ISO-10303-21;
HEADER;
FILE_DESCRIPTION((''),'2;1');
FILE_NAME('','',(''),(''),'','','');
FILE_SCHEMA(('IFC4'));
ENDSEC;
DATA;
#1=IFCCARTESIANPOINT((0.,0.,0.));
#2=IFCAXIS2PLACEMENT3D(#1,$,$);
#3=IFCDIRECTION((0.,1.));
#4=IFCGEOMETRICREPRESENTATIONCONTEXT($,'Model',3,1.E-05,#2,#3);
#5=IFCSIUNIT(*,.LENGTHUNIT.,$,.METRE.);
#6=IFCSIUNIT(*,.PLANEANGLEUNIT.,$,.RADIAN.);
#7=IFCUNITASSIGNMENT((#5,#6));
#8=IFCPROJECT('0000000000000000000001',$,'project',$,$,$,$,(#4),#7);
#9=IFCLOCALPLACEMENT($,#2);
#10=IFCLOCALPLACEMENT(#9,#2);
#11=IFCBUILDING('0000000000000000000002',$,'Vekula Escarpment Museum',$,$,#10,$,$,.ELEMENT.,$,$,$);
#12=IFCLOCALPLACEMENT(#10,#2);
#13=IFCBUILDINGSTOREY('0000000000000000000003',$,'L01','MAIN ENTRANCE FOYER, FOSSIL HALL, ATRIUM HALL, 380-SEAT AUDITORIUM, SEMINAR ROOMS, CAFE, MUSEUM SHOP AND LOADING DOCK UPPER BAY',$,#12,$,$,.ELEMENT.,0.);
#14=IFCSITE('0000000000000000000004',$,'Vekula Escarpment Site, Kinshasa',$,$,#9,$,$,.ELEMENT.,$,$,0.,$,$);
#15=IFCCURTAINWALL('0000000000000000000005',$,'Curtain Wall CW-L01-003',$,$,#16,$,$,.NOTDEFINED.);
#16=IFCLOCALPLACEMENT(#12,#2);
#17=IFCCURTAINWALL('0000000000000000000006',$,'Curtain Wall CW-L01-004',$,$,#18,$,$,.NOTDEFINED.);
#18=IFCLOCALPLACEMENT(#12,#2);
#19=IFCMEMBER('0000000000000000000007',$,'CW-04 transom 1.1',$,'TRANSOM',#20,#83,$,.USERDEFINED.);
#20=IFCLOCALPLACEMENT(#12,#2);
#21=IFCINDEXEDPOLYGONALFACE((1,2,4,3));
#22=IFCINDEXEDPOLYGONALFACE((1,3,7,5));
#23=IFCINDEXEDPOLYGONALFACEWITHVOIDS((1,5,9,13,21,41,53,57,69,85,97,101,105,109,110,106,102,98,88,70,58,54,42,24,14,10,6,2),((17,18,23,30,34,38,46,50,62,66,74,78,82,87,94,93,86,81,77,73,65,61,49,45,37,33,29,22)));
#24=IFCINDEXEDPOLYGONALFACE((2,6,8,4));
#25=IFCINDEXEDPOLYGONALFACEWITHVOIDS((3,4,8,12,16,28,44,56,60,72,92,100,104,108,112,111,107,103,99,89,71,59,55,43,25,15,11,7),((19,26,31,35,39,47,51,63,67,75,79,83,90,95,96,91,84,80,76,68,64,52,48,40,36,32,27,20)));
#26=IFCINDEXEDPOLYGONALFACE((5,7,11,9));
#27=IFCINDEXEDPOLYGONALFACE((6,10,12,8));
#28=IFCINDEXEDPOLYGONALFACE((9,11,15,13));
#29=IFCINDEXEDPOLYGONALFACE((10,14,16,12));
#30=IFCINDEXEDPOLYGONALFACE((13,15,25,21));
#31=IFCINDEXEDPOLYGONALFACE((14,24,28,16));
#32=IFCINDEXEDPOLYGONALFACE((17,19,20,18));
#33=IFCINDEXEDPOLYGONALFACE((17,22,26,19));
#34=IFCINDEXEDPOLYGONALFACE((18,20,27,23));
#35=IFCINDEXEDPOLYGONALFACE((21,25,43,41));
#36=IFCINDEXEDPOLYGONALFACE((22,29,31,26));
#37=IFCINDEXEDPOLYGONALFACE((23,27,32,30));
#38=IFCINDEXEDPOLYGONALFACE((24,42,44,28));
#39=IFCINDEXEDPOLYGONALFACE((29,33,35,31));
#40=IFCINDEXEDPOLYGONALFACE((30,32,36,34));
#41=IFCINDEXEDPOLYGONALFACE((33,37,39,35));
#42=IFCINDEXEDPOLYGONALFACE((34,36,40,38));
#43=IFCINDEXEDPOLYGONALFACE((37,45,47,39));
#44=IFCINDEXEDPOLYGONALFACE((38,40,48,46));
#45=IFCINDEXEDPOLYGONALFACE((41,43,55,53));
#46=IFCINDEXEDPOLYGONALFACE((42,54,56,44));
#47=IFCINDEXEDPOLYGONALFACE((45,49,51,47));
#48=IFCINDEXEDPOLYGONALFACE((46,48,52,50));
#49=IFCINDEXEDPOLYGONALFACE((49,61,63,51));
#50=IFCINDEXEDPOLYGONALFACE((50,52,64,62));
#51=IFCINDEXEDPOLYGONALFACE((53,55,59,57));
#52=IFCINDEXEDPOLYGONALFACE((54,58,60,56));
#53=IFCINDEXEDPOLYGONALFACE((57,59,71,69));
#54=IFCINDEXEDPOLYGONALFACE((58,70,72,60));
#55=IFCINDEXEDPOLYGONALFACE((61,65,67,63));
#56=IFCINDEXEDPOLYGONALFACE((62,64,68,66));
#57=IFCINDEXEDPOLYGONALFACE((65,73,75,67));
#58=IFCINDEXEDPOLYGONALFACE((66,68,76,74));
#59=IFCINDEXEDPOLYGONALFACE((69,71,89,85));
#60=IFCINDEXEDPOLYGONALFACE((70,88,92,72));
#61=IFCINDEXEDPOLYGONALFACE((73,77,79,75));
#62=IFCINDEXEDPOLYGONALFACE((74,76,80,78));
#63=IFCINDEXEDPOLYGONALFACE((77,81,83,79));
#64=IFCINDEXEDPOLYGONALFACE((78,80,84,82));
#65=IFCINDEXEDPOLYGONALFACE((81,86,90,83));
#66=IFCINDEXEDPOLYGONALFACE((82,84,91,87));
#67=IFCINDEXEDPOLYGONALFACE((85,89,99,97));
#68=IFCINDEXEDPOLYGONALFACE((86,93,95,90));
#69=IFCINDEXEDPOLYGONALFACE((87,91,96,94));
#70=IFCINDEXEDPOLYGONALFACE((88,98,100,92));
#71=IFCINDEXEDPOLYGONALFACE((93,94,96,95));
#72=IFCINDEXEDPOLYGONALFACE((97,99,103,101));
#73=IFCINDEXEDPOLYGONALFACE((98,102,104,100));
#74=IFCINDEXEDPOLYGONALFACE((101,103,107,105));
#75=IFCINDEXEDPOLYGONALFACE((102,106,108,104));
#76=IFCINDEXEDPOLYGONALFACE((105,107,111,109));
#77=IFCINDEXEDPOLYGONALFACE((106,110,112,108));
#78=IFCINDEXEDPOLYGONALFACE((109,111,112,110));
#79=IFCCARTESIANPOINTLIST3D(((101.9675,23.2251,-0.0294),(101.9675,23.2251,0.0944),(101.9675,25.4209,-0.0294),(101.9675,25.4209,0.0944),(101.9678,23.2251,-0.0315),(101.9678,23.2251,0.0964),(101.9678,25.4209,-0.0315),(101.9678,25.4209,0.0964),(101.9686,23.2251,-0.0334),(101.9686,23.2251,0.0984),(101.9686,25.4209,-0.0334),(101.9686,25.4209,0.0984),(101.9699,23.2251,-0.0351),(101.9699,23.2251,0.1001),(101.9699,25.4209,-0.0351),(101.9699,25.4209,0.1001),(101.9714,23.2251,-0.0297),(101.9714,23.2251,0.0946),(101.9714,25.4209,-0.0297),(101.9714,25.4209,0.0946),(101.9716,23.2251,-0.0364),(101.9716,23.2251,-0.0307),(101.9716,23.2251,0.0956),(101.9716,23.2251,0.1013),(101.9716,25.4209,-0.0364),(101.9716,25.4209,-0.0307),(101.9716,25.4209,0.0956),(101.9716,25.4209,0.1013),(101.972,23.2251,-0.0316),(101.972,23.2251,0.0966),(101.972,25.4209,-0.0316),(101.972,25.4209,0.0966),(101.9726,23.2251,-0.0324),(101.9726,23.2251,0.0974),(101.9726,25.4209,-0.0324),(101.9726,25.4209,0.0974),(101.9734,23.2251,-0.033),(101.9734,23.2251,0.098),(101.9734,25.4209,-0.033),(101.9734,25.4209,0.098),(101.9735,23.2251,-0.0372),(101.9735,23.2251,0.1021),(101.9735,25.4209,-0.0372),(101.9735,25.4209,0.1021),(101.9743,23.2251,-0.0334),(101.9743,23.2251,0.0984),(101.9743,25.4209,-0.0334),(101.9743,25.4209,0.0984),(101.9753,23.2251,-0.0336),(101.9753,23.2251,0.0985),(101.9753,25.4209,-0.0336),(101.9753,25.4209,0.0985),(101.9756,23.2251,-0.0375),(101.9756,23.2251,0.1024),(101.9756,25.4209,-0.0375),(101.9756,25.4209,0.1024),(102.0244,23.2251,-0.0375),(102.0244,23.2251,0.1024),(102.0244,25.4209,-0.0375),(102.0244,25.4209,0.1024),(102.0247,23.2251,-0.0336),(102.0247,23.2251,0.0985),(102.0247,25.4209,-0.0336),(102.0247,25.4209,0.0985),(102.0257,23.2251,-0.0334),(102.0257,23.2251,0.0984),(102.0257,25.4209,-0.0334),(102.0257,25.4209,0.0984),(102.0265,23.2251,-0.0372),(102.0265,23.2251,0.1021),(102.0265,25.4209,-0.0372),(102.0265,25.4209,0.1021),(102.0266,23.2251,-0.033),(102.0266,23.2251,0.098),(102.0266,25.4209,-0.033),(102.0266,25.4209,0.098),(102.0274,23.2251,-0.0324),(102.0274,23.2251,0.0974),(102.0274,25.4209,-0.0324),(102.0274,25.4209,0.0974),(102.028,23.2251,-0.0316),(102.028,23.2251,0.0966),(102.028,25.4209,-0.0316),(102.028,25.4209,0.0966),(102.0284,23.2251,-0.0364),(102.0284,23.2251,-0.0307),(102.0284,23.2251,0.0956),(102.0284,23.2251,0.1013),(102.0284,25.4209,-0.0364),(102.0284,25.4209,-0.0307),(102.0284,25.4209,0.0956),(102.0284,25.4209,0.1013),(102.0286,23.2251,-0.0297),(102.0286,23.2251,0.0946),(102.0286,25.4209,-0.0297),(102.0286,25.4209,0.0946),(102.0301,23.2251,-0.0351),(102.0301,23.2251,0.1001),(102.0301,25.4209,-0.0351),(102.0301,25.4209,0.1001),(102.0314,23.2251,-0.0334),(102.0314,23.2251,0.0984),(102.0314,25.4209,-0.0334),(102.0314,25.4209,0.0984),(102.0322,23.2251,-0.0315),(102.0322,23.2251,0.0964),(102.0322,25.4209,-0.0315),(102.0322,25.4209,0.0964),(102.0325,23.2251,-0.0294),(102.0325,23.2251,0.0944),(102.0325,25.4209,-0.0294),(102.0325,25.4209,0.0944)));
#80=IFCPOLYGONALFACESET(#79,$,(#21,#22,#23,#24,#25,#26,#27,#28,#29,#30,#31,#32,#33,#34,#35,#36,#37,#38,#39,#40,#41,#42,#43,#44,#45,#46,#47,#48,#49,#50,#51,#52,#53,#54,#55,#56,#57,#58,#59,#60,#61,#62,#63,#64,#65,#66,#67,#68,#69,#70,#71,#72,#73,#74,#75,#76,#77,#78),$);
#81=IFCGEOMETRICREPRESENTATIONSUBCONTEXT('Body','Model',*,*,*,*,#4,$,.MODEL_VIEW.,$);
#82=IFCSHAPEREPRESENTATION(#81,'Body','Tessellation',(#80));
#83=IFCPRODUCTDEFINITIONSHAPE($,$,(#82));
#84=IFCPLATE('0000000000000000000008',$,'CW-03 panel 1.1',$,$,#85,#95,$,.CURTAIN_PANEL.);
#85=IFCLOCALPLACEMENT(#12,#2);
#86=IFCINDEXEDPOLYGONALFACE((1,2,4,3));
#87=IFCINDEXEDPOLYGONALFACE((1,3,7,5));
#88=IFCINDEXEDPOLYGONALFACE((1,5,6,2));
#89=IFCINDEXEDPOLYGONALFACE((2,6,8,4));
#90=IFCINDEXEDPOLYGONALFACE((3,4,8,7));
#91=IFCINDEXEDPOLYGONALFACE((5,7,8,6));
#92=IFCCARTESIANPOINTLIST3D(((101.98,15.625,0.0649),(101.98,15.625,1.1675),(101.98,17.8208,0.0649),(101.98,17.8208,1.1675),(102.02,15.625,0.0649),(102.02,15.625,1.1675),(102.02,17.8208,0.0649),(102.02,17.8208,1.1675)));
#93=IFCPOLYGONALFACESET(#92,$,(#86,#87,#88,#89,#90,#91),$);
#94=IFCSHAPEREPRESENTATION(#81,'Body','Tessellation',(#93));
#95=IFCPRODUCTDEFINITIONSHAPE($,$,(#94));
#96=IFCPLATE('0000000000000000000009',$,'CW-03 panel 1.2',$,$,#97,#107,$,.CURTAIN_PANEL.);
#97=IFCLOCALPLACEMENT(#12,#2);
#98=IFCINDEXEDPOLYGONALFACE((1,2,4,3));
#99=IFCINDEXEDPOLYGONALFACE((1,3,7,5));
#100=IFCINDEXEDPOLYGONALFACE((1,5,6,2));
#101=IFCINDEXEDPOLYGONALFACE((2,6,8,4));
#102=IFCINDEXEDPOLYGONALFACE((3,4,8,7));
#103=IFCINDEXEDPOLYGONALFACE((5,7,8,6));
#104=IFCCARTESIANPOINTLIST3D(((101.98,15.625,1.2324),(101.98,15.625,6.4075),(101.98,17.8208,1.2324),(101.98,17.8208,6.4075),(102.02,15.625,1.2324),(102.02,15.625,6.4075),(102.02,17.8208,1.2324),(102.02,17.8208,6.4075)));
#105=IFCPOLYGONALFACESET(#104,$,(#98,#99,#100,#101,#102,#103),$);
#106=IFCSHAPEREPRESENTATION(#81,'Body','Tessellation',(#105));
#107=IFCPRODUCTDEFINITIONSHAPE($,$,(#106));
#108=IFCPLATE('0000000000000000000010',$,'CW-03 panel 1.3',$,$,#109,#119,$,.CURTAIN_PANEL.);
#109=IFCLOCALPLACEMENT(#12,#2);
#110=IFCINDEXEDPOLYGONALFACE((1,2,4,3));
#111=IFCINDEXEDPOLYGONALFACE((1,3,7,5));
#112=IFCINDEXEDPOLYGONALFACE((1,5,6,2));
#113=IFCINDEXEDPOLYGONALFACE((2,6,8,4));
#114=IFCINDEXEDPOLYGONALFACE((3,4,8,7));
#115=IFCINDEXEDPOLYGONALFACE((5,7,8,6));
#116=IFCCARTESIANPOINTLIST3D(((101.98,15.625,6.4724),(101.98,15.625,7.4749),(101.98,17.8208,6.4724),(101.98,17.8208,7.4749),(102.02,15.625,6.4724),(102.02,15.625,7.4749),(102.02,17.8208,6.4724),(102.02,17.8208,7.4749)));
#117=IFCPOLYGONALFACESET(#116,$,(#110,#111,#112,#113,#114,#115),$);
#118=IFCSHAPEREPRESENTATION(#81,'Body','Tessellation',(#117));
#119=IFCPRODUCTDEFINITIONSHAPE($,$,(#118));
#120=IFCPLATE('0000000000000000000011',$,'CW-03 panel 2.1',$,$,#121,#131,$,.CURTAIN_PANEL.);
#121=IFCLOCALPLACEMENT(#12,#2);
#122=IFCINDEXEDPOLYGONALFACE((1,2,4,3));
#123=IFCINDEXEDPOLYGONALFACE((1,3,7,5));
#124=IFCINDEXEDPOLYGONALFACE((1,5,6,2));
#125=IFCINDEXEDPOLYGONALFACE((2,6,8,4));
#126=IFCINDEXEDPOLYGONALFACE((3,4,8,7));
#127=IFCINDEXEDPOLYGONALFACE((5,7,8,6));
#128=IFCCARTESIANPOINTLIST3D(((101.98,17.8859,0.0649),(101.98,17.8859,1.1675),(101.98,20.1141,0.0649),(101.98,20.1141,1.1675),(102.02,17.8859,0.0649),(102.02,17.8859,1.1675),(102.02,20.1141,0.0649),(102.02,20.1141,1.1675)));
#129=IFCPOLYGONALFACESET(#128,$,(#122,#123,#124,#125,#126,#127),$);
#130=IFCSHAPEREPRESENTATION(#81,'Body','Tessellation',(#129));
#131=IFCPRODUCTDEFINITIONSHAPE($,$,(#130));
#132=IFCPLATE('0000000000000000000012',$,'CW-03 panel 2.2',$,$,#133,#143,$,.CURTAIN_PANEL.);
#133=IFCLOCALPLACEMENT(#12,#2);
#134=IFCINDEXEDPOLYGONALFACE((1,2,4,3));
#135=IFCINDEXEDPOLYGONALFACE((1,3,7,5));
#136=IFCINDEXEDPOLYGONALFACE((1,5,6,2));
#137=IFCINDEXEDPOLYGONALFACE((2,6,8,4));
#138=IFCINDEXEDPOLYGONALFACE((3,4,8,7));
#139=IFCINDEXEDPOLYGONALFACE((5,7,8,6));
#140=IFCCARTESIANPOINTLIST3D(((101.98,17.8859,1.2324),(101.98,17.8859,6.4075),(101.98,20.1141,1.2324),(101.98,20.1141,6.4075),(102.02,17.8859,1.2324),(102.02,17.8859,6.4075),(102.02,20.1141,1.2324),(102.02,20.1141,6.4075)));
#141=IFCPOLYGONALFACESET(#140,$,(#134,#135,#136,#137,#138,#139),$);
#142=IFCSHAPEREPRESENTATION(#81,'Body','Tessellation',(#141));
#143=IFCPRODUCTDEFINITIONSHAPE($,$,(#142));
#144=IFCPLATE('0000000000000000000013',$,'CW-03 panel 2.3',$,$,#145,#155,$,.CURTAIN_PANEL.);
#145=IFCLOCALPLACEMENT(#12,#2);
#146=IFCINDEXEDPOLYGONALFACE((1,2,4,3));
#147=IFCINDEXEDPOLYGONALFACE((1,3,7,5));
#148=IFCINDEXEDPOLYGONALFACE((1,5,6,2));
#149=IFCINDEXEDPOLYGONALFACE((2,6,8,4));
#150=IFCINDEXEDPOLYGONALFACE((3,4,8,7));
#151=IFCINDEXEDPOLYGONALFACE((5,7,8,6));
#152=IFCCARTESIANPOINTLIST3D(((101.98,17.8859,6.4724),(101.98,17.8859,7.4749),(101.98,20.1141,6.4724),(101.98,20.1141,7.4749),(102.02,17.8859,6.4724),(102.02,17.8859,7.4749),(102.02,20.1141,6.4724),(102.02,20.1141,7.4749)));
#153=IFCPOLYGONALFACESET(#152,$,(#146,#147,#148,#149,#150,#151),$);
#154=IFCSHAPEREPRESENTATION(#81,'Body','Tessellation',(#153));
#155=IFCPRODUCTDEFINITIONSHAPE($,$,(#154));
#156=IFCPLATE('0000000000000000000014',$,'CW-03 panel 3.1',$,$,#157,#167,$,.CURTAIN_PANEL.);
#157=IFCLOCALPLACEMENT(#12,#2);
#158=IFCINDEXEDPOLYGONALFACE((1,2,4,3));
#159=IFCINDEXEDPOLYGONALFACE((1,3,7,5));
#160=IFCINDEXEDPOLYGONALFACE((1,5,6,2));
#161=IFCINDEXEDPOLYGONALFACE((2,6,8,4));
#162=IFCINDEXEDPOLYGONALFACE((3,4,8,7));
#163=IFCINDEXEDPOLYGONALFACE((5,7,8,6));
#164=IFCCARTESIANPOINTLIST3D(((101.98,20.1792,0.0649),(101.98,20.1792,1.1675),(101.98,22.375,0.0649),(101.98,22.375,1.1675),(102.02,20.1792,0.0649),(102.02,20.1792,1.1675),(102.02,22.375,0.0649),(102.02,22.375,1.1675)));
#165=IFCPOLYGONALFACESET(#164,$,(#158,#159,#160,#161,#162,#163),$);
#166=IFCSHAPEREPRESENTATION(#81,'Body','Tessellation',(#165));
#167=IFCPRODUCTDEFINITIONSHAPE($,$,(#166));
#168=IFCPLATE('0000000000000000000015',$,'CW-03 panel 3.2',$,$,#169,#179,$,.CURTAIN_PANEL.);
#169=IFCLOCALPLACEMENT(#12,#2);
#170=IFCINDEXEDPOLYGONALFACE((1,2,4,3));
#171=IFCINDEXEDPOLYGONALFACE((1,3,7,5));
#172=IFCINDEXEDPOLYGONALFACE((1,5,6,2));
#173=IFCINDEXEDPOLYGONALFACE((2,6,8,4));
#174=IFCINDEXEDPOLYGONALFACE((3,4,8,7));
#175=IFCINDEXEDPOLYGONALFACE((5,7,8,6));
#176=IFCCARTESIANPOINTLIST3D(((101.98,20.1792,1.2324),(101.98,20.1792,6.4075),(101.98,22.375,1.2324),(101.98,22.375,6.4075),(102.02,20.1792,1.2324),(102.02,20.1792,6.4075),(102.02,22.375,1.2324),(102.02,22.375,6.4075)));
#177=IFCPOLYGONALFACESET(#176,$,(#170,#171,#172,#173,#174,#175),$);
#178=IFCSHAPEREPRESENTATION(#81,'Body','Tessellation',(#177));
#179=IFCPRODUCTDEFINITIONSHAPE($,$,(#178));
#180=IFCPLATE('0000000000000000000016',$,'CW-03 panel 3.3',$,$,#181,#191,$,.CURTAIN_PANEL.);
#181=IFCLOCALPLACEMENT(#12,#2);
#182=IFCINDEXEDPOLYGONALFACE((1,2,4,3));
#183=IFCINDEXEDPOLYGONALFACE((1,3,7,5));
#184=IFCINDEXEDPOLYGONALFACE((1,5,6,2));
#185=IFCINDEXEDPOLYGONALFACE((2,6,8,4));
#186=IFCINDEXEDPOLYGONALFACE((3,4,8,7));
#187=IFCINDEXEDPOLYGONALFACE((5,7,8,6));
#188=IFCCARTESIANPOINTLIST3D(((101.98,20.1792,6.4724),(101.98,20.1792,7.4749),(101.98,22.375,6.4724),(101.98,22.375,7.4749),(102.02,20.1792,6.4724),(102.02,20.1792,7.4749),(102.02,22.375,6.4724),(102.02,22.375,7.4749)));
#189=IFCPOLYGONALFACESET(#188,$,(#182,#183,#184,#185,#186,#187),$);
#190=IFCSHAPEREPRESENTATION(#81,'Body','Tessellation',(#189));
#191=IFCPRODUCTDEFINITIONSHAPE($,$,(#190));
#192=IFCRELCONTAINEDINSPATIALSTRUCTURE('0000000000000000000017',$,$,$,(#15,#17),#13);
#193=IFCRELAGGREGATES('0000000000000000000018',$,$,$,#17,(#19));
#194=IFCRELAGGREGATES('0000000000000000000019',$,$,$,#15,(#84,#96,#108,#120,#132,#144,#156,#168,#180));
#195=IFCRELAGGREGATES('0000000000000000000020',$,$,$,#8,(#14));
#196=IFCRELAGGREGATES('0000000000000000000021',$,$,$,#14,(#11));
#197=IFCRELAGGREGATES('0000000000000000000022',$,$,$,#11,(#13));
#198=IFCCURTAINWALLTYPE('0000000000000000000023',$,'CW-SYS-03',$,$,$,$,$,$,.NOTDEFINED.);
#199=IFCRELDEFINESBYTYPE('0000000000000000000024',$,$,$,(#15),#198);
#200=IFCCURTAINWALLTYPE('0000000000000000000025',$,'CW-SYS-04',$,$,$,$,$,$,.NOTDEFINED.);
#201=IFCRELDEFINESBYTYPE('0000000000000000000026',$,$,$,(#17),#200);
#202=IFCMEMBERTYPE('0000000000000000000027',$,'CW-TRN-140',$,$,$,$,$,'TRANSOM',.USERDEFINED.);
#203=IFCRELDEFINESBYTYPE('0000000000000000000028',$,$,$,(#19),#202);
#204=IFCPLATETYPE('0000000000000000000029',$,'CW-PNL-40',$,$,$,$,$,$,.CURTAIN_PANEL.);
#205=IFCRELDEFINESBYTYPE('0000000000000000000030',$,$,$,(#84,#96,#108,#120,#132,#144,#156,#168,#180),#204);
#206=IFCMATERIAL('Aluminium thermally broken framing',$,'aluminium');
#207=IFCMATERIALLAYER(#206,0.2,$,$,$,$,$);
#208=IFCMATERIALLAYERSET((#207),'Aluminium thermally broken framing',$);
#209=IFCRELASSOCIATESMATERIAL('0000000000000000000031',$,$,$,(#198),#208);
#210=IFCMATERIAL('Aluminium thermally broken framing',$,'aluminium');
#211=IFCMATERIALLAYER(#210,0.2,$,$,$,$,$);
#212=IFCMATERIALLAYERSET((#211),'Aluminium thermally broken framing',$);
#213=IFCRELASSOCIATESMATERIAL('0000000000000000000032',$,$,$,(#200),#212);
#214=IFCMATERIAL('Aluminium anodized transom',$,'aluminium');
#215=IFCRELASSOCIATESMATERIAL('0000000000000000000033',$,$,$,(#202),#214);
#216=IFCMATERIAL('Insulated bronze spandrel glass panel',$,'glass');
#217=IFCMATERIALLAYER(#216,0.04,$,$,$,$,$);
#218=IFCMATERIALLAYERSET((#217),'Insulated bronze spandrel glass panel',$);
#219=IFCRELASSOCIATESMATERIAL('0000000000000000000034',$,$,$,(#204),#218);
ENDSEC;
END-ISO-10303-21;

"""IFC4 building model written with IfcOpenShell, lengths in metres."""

from ifc_helpers import new_model, si_unit, direction, frame, origin, origin_2d, place, context, subcontext, project, spatial, rectangle, hollow_rectangle, extrude, material, layer, layer_set, material_profile, profile_set, type_object, element, aggregate, save


model = new_model("IFC4")

# Units and contexts
model_context = context("Model", 3, precision=1e-05, world=origin(), true_north=direction((0.0, 1.0)))
body_context = subcontext(model_context, "Body", "Model", "MODEL_VIEW")
ifc_project = project(units=[si_unit("LENGTHUNIT", "METRE"), si_unit("PLANEANGLEUNIT", "RADIAN")], contexts=[model_context])

# Site, building, storey
site_placement = place(None, origin())
site = spatial("IfcSite", under=ifc_project, at=site_placement, Name="Vekula Escarpment Site, Kinshasa", CompositionType="ELEMENT", RefElevation=0.0)
building_placement = place(site_placement, origin())
building = spatial("IfcBuilding", under=site, at=building_placement, Name="Vekula Escarpment Museum", CompositionType="ELEMENT")
storey_placement = place(building_placement, origin())
storey = spatial("IfcBuildingStorey", under=building, at=storey_placement, Name="L01", Description="MAIN ENTRANCE FOYER, FOSSIL HALL, ATRIUM HALL, 380-SEAT AUDITORIUM, SEMINAR ROOMS, CAFE, MUSEUM SHOP AND LOADING DOCK UPPER BAY", CompositionType="ELEMENT", Elevation=0.0)

# Curtain wall
ifc_material_1 = material(Name="Aluminium thermally broken framing", Category="aluminium")
ifc_layer_1 = layer(ifc_material_1, 0.2)
ifc_layer_set_1 = layer_set([ifc_layer_1], Name="Aluminium thermally broken framing")
curtain_wall_type_1 = type_object("IfcCurtainWallType", Name="CW-SYS-03", PredefinedType="NOTDEFINED", material=ifc_layer_set_1)
curtain_wall_1_placement = place(storey_placement, origin())
curtain_wall_1 = element("IfcCurtainWall", 1, at=curtain_wall_1_placement, inside=storey, type_object=curtain_wall_type_1, Name="Curtain Wall CW-L01-003", PredefinedType="NOTDEFINED")

# Curtain wall
ifc_material_2 = material(Name="Aluminium thermally broken framing", Category="aluminium")
ifc_layer_2 = layer(ifc_material_2, 0.2)
ifc_layer_set_2 = layer_set([ifc_layer_2], Name="Aluminium thermally broken framing")
curtain_wall_type_2 = type_object("IfcCurtainWallType", Name="CW-SYS-04", PredefinedType="NOTDEFINED", material=ifc_layer_set_2)
curtain_wall_2_placement = place(storey_placement, origin())
curtain_wall_2 = element("IfcCurtainWall", 2, at=curtain_wall_2_placement, inside=storey, type_object=curtain_wall_type_2, Name="Curtain Wall CW-L01-004", PredefinedType="NOTDEFINED")

# Member
ifc_material_3 = material(Name="Aluminium anodized transom", Category="aluminium")
ifc_material_profile_1 = material_profile(ifc_material_3, hollow_rectangle(XDim=0.0649, YDim=0.1399, WallThickness=0.0039, InnerFilletRadius=0.0039, OuterFilletRadius=0.0081, at=origin_2d()), Name="ALU 140x65x4")
ifc_profile_set_1 = profile_set([ifc_material_profile_1], Name="Aluminium anodized transom")
member_type_1 = type_object("IfcMemberType", Name="CW-TRN-140", ElementType="TRANSOM", PredefinedType="USERDEFINED", material=ifc_profile_set_1)
member_1_placement = place(storey_placement, frame((102.0, 23.2251, 0.0325), z_axis=(0.0, 1.0, 0.0), x_axis=(-1.0, 0.0, 0.0)))
member_1 = element("IfcMember", 3, at=member_1_placement, type_object=member_type_1, Name="CW-04 transom 1.1", ObjectType="TRANSOM", PredefinedType="USERDEFINED", context=body_context, shape_type="SweptSolid", body=[
    extrude(hollow_rectangle(XDim=0.0649, YDim=0.1399, WallThickness=0.0039, InnerFilletRadius=0.0039, OuterFilletRadius=0.0081, at=origin_2d()), origin(), (0.0, 0.0, 1.0), 2.1958),
])
aggregate(curtain_wall_2, [member_1])

# Plates
ifc_material_4 = material(Name="Insulated bronze spandrel glass panel", Category="glass")
ifc_layer_3 = layer(ifc_material_4, 0.04)
ifc_layer_set_3 = layer_set([ifc_layer_3], Name="Insulated bronze spandrel glass panel")
plate_type = type_object("IfcPlateType", Name="CW-PNL-40", PredefinedType="CURTAIN_PANEL", material=ifc_layer_set_3)
plate_1_placement = place(storey_placement, frame((102.0, 16.7229, 0.0649), z_axis=(0.0, 0.0, 1.0), x_axis=(0.0, 1.0, 0.0)))
plate_1 = element("IfcPlate", 4, at=plate_1_placement, type_object=plate_type, Name="CW-03 panel 1.1", PredefinedType="CURTAIN_PANEL", context=body_context, shape_type="SweptSolid", body=[
    extrude(rectangle(XDim=2.1958, YDim=0.04, at=origin_2d()), origin(), (0.0, 0.0, 1.0), 1.1025),
])
plate_2_placement = place(storey_placement, frame((102.0, 16.7229, 1.2324), z_axis=(0.0, 0.0, 1.0), x_axis=(0.0, 1.0, 0.0)))
plate_2 = element("IfcPlate", 5, at=plate_2_placement, type_object=plate_type, Name="CW-03 panel 1.2", PredefinedType="CURTAIN_PANEL", context=body_context, shape_type="SweptSolid", body=[
    extrude(rectangle(XDim=2.1958, YDim=0.04, at=origin_2d()), origin(), (0.0, 0.0, 1.0), 5.175),
])
plate_3_placement = place(storey_placement, frame((102.0, 16.7229, 6.4724), z_axis=(0.0, 0.0, 1.0), x_axis=(0.0, 1.0, 0.0)))
plate_3 = element("IfcPlate", 6, at=plate_3_placement, type_object=plate_type, Name="CW-03 panel 1.3", PredefinedType="CURTAIN_PANEL", context=body_context, shape_type="SweptSolid", body=[
    extrude(rectangle(XDim=2.1958, YDim=0.04, at=origin_2d()), origin(), (0.0, 0.0, 1.0), 1.0024),
])
plate_4_placement = place(storey_placement, frame((102.0, 19.0, 0.0649), z_axis=(0.0, 0.0, 1.0), x_axis=(0.0, 1.0, 0.0)))
plate_4 = element("IfcPlate", 7, at=plate_4_placement, type_object=plate_type, Name="CW-03 panel 2.1", PredefinedType="CURTAIN_PANEL", context=body_context, shape_type="SweptSolid", body=[
    extrude(rectangle(XDim=2.2283, YDim=0.04, at=origin_2d()), origin(), (0.0, 0.0, 1.0), 1.1025),
])
plate_5_placement = place(storey_placement, frame((102.0, 19.0, 1.2324), z_axis=(0.0, 0.0, 1.0), x_axis=(0.0, 1.0, 0.0)))
plate_5 = element("IfcPlate", 8, at=plate_5_placement, type_object=plate_type, Name="CW-03 panel 2.2", PredefinedType="CURTAIN_PANEL", context=body_context, shape_type="SweptSolid", body=[
    extrude(rectangle(XDim=2.2283, YDim=0.04, at=origin_2d()), origin(), (0.0, 0.0, 1.0), 5.175),
])
plate_6_placement = place(storey_placement, frame((102.0, 19.0, 6.4724), z_axis=(0.0, 0.0, 1.0), x_axis=(0.0, 1.0, 0.0)))
plate_6 = element("IfcPlate", 9, at=plate_6_placement, type_object=plate_type, Name="CW-03 panel 2.3", PredefinedType="CURTAIN_PANEL", context=body_context, shape_type="SweptSolid", body=[
    extrude(rectangle(XDim=2.2283, YDim=0.04, at=origin_2d()), origin(), (0.0, 0.0, 1.0), 1.0024),
])
plate_7_placement = place(storey_placement, frame((102.0, 21.2771, 0.0649), z_axis=(0.0, 0.0, 1.0), x_axis=(0.0, 1.0, 0.0)))
plate_7 = element("IfcPlate", 10, at=plate_7_placement, type_object=plate_type, Name="CW-03 panel 3.1", PredefinedType="CURTAIN_PANEL", context=body_context, shape_type="SweptSolid", body=[
    extrude(rectangle(XDim=2.1958, YDim=0.04, at=origin_2d()), origin(), (0.0, 0.0, 1.0), 1.1025),
])
plate_8_placement = place(storey_placement, frame((102.0, 21.2771, 1.2324), z_axis=(0.0, 0.0, 1.0), x_axis=(0.0, 1.0, 0.0)))
plate_8 = element("IfcPlate", 11, at=plate_8_placement, type_object=plate_type, Name="CW-03 panel 3.2", PredefinedType="CURTAIN_PANEL", context=body_context, shape_type="SweptSolid", body=[
    extrude(rectangle(XDim=2.1958, YDim=0.04, at=origin_2d()), origin(), (0.0, 0.0, 1.0), 5.175),
])
plate_9_placement = place(storey_placement, frame((102.0, 21.2771, 6.4724), z_axis=(0.0, 0.0, 1.0), x_axis=(0.0, 1.0, 0.0)))
plate_9 = element("IfcPlate", 12, at=plate_9_placement, type_object=plate_type, Name="CW-03 panel 3.3", PredefinedType="CURTAIN_PANEL", context=body_context, shape_type="SweptSolid", body=[
    extrude(rectangle(XDim=2.1958, YDim=0.04, at=origin_2d()), origin(), (0.0, 0.0, 1.0), 1.0024),
])
aggregate(curtain_wall_1, [plate_1, plate_2, plate_3, plate_4, plate_5, plate_6, plate_7, plate_8, plate_9])

save(model, "model.ifc")
